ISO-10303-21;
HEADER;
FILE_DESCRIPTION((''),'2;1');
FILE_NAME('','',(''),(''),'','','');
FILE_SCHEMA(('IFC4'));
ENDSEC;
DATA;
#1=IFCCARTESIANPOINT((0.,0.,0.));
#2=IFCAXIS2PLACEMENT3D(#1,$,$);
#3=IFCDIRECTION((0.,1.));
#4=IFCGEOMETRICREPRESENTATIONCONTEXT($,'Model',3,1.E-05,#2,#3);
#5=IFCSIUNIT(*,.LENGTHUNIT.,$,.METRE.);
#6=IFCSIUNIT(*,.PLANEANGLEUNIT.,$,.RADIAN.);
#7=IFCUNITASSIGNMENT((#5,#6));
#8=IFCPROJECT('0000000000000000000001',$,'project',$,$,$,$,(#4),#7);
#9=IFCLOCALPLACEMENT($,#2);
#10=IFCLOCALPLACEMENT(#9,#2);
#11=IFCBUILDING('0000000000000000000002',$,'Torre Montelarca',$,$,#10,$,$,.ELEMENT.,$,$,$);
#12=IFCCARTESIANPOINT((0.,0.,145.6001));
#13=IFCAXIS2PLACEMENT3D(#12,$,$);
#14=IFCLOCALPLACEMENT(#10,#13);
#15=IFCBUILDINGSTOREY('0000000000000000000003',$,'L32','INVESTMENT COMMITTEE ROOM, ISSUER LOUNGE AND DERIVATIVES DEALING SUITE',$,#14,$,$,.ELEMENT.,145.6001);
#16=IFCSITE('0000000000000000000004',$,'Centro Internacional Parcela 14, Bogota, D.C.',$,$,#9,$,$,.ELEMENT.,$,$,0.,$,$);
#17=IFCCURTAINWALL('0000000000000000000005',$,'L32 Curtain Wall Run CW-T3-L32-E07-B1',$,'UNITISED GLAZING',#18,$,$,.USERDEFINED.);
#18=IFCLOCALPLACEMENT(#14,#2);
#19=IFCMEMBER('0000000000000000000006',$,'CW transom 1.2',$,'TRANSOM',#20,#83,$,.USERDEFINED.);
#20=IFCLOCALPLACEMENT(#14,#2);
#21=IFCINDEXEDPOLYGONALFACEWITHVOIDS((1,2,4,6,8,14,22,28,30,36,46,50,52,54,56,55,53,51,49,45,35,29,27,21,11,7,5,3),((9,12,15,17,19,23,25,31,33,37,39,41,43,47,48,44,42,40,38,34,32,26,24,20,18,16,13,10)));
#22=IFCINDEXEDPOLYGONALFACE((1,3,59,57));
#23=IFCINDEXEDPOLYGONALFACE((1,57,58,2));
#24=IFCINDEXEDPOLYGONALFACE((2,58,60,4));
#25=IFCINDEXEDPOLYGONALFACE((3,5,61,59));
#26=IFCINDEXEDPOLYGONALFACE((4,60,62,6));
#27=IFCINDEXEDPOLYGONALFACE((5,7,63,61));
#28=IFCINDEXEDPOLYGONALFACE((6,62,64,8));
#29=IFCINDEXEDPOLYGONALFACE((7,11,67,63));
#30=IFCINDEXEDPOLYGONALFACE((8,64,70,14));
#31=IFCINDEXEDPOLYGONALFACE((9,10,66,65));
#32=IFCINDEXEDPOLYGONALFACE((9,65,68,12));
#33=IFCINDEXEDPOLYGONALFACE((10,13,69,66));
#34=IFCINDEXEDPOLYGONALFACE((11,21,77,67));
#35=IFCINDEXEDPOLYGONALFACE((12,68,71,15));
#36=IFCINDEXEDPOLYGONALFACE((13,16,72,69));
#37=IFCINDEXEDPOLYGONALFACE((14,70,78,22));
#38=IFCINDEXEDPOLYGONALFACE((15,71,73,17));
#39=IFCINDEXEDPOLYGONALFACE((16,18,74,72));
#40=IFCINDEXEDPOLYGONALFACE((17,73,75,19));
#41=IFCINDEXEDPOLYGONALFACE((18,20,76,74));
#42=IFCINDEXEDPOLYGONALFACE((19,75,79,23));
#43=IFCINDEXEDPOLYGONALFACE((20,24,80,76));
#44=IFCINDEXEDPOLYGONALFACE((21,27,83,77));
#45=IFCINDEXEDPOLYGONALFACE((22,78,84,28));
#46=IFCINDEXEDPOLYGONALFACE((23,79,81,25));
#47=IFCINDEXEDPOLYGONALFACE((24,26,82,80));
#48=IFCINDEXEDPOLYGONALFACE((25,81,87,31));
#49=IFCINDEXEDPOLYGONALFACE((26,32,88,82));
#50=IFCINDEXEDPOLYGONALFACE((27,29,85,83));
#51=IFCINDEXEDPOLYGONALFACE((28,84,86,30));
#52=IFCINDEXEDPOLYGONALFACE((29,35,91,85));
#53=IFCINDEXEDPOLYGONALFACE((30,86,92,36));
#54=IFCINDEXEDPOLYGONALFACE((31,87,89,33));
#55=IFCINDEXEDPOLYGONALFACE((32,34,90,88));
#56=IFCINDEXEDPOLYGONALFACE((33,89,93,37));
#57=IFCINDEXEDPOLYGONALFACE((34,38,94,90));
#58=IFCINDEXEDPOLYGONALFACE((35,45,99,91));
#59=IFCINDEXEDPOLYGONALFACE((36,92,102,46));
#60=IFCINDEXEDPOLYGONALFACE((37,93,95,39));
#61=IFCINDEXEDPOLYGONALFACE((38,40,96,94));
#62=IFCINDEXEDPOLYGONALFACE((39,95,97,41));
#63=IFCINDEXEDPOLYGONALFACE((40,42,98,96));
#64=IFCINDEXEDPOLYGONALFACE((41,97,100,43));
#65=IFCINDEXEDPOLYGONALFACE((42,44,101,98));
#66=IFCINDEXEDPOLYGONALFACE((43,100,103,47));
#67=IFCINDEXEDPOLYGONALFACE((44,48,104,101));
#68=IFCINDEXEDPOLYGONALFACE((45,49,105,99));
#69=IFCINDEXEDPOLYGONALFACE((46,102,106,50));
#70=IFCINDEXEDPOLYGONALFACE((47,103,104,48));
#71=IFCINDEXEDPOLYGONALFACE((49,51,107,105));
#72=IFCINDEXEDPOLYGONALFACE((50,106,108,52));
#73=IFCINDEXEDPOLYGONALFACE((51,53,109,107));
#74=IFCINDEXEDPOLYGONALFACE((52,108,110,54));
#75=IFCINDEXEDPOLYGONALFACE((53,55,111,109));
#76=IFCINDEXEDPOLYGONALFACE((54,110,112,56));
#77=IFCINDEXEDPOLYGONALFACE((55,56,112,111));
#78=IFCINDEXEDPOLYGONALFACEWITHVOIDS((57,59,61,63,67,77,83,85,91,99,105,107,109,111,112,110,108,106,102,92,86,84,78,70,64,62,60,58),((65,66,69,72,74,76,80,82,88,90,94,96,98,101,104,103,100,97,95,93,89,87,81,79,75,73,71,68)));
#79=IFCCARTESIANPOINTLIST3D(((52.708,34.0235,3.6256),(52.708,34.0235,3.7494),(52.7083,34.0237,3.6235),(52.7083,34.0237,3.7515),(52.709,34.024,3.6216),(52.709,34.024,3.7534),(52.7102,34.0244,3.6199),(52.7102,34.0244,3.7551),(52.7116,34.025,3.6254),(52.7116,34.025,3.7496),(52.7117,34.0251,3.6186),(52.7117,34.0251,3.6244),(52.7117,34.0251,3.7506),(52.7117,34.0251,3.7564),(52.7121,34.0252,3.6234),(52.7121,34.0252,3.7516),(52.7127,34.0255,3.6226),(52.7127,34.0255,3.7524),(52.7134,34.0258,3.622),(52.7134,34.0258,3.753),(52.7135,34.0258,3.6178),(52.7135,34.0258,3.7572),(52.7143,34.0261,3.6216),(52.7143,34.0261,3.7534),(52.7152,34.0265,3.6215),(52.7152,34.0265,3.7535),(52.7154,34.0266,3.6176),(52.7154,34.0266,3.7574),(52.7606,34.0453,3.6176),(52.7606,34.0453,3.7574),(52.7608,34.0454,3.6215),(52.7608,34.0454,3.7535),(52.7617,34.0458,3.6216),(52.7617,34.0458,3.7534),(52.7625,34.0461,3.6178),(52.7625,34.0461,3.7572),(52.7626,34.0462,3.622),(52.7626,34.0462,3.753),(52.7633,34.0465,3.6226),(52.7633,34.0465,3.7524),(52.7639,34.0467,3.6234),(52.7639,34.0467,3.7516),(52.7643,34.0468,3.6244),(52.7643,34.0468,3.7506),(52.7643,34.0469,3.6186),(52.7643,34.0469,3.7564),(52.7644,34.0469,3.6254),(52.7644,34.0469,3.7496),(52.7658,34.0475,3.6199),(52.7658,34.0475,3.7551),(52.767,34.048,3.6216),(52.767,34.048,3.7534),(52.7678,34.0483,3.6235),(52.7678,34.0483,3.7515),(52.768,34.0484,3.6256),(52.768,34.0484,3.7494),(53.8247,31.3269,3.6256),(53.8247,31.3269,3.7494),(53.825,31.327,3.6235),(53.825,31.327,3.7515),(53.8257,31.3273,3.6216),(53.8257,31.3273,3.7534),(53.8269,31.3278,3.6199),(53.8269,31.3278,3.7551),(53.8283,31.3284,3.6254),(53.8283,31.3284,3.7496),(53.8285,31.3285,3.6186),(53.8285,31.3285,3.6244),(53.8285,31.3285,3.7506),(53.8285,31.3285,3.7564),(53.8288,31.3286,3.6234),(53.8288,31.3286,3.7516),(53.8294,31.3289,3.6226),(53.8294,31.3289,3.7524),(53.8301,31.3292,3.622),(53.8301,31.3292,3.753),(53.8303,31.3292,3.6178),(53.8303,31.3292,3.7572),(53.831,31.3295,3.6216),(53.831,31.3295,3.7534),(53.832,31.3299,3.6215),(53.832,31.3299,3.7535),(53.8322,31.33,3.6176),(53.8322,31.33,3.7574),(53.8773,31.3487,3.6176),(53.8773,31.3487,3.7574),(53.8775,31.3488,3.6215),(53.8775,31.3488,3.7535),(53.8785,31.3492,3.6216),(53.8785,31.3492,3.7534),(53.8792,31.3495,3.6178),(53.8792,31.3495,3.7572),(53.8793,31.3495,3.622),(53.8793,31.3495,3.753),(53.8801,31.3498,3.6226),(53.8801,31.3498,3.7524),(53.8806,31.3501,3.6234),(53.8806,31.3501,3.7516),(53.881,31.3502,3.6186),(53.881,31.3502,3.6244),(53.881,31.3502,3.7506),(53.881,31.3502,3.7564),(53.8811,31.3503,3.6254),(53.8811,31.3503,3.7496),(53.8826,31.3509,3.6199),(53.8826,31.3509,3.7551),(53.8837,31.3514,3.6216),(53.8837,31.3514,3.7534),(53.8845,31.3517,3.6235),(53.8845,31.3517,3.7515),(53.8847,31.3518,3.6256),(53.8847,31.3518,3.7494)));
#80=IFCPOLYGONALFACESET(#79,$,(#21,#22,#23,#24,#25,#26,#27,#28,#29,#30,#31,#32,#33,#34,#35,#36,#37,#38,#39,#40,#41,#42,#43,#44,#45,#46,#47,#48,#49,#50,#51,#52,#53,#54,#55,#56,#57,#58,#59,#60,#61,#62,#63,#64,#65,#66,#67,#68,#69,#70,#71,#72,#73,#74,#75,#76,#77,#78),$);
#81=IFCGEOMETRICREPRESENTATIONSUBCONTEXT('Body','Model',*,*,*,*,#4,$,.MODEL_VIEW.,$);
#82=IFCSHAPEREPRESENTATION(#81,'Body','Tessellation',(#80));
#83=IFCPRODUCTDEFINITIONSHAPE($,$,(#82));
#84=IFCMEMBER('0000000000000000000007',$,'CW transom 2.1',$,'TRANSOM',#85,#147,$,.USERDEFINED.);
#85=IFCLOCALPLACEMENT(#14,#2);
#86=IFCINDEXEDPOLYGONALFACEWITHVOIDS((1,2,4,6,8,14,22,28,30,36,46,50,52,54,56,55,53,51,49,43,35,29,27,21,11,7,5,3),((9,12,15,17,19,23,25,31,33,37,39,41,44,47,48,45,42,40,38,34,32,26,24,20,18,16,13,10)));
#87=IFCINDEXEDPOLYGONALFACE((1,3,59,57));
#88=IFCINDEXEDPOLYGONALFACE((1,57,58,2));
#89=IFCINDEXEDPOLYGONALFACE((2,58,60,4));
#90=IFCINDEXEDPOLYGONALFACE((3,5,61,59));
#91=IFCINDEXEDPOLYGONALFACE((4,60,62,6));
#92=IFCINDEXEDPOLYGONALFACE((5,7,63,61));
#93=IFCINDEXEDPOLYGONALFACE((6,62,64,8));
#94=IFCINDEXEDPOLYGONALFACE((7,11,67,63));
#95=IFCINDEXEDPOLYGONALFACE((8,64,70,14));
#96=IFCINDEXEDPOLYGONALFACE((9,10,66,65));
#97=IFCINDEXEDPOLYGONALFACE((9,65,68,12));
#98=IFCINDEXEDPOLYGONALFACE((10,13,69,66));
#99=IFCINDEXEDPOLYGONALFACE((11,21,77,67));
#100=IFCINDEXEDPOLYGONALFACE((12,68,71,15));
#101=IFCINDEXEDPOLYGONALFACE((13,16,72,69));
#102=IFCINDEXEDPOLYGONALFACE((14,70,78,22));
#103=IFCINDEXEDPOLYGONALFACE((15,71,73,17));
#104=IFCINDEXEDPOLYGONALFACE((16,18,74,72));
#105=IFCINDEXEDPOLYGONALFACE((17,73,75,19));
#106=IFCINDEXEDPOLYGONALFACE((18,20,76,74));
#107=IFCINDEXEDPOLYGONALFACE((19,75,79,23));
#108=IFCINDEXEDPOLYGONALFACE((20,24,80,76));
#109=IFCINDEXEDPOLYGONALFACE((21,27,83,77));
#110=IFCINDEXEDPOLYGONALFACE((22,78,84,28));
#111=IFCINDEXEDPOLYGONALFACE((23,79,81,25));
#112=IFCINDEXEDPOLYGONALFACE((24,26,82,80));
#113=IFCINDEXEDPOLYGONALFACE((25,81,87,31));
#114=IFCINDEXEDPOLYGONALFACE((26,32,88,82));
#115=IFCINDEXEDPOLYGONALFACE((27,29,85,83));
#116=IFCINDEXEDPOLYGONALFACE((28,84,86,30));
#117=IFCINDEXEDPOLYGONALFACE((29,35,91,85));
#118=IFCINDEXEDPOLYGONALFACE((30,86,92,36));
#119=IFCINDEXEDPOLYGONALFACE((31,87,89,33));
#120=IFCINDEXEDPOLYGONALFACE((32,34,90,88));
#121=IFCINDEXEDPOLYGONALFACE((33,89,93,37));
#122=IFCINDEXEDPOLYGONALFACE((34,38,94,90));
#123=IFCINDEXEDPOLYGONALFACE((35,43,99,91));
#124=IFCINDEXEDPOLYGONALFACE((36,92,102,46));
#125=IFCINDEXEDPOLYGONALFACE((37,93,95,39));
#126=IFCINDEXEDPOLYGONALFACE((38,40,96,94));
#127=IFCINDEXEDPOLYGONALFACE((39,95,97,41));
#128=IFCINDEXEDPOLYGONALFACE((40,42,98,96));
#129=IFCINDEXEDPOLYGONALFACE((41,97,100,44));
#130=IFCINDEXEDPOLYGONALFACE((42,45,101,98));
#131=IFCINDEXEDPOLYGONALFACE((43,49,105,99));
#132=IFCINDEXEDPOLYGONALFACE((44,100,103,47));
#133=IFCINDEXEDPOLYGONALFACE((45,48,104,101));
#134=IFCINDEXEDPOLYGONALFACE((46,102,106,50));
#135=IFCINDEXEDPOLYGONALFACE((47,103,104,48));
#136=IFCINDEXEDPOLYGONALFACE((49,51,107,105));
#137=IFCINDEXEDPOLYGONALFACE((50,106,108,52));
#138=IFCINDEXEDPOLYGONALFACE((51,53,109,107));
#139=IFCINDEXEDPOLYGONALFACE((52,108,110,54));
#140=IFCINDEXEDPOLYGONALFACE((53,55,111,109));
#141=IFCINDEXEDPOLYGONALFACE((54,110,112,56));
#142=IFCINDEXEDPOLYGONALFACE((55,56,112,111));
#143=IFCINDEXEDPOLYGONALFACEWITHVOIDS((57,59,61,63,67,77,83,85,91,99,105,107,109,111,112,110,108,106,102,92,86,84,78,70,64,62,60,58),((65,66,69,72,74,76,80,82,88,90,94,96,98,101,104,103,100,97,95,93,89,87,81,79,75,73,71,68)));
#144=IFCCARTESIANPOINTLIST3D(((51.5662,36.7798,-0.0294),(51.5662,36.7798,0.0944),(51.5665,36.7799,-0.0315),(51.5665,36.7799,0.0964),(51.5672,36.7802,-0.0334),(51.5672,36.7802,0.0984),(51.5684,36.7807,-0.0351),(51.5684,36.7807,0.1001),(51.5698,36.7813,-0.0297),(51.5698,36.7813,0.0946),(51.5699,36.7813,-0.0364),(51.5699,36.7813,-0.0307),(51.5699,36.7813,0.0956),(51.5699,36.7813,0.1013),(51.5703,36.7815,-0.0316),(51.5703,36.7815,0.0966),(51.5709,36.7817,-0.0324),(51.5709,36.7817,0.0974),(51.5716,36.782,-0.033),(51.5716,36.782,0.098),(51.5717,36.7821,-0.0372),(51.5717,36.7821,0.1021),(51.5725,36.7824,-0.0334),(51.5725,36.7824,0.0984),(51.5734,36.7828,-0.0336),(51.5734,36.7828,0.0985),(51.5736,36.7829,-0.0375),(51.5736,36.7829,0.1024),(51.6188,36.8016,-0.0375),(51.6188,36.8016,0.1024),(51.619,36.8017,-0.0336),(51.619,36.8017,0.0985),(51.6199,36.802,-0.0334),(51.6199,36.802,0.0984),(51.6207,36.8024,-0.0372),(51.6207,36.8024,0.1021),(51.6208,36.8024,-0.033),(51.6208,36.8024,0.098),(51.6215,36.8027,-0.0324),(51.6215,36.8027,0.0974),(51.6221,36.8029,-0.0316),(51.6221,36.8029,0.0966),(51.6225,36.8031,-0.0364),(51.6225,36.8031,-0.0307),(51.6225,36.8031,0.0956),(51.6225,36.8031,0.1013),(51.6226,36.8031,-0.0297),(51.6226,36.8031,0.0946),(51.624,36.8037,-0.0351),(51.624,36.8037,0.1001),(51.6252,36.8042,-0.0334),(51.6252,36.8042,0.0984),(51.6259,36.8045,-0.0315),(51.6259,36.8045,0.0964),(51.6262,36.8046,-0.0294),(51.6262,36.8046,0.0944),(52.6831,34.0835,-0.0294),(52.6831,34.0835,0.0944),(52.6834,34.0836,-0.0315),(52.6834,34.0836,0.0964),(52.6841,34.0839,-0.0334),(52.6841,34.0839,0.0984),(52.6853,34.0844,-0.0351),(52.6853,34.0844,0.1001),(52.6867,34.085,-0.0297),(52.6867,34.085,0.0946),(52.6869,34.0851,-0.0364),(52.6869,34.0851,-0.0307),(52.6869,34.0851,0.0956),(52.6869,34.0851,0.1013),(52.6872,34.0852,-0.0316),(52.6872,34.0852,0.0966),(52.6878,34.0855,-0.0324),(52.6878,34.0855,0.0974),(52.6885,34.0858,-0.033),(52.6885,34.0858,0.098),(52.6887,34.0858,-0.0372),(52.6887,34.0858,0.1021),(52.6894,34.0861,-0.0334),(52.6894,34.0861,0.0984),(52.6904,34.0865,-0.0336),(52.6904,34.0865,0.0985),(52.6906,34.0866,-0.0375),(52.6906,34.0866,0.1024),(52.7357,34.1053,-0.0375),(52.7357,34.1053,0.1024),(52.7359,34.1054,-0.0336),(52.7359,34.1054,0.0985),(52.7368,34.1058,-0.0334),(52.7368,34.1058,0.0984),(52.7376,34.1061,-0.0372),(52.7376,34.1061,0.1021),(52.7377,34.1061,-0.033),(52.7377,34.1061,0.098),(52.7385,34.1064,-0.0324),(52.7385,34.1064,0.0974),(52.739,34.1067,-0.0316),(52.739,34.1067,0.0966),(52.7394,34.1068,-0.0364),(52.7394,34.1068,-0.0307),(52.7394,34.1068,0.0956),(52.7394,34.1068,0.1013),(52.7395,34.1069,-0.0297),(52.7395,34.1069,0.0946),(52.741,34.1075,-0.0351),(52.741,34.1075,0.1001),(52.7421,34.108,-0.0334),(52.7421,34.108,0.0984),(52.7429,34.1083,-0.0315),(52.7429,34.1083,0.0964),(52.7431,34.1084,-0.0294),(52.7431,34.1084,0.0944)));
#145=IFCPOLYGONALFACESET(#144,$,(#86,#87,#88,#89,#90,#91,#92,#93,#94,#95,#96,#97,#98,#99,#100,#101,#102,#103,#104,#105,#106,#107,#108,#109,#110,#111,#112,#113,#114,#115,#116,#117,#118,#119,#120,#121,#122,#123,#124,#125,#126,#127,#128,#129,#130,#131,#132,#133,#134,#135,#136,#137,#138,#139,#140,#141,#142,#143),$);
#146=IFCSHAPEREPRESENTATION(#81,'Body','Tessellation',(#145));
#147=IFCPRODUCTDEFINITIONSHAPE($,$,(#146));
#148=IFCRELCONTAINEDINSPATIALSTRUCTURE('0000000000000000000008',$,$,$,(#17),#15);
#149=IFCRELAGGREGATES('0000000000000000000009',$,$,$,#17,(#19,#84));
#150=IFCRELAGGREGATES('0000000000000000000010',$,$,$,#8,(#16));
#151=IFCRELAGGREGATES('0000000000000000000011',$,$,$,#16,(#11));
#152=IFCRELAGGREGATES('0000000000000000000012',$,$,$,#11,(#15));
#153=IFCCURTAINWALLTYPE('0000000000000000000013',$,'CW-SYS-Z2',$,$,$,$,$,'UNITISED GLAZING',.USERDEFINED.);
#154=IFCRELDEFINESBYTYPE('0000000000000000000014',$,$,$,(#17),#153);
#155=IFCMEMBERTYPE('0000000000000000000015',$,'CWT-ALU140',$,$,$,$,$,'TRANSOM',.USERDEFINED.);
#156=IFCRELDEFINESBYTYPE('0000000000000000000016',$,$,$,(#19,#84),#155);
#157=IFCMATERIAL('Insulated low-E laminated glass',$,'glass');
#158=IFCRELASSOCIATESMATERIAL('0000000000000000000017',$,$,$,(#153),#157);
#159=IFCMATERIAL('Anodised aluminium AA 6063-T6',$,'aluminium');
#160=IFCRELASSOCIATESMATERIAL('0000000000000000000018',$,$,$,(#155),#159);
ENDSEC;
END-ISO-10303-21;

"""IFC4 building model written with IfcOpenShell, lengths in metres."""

from ifc_helpers import new_model, si_unit, direction, frame, origin, origin_2d, place, context, subcontext, project, spatial, hollow_rectangle, extrude, source, transform, mapped, material, material_profile, profile_set, type_object, element, aggregate, save


model = new_model("IFC4")

# Units and contexts
model_context = context("Model", 3, precision=1e-05, world=origin(), true_north=direction((0.0, 1.0)))
body_context = subcontext(model_context, "Body", "Model", "MODEL_VIEW")
ifc_project = project(units=[si_unit("LENGTHUNIT", "METRE"), si_unit("PLANEANGLEUNIT", "RADIAN")], contexts=[model_context])

# Site, building, storey
site_placement = place(None, origin())
site = spatial("IfcSite", under=ifc_project, at=site_placement, Name="Centro Internacional Parcela 14, Bogota, D.C.", CompositionType="ELEMENT", RefElevation=0.0)
building_placement = place(site_placement, origin())
building = spatial("IfcBuilding", under=site, at=building_placement, Name="Torre Montelarca", CompositionType="ELEMENT")
storey_placement = place(building_placement, frame((0.0, 0.0, 145.6001)))
storey = spatial("IfcBuildingStorey", under=building, at=storey_placement, Name="L32", Description="INVESTMENT COMMITTEE ROOM, ISSUER LOUNGE AND DERIVATIVES DEALING SUITE", CompositionType="ELEMENT", Elevation=145.6001)

# Curtain wall, members
ifc_material_1 = material(Name="Insulated low-E laminated glass", Category="glass")
curtain_wall_type = type_object("IfcCurtainWallType", Name="CW-SYS-Z2", ElementType="UNITISED GLAZING", PredefinedType="USERDEFINED", material=ifc_material_1)
curtain_wall_1_placement = place(storey_placement, origin())
curtain_wall_1 = element("IfcCurtainWall", 1, at=curtain_wall_1_placement, inside=storey, type_object=curtain_wall_type, Name="L32 Curtain Wall Run CW-T3-L32-E07-B1", ObjectType="UNITISED GLAZING", PredefinedType="USERDEFINED")
ifc_material_2 = material(Name="Anodised aluminium AA 6063-T6", Category="aluminium")
ifc_material_profile_1 = material_profile(ifc_material_2, hollow_rectangle(XDim=0.0649, YDim=0.1399, WallThickness=0.0039, InnerFilletRadius=0.0039, OuterFilletRadius=0.0081, at=origin_2d()), Name="ALU65X140X4", Category="aluminium")
ifc_profile_set_1 = profile_set([ifc_material_profile_1], Name="Anodised aluminium AA 6063-T6")
member_type_1 = type_object("IfcMemberType", Name="CWT-ALU140", ElementType="TRANSOM", PredefinedType="USERDEFINED", material=ifc_profile_set_1)
shared_shape_1 = source(origin(), body_context, "Body", "SweptSolid", [
    extrude(hollow_rectangle(XDim=0.0649, YDim=0.1399, WallThickness=0.0039, InnerFilletRadius=0.0039, OuterFilletRadius=0.0081, at=origin_2d()), origin(), (0.0, 0.0, 1.0), 2.9187),
])
member_1_placement = place(storey_placement, frame((53.8547, 31.3394, 3.6875), z_axis=(-0.382613, 0.923909, 0.0), x_axis=(-0.923909, -0.382613, 0.0)))
member_1 = element("IfcMember", 2, at=member_1_placement, type_object=member_type_1, Name="CW transom 1.2", ObjectType="TRANSOM", PredefinedType="USERDEFINED", context=body_context, shape_type="MappedRepresentation", body=[
    mapped(shared_shape_1, transform((0.0, 0.0, 0.0), scale=1.0)),
])
shared_shape_2 = source(origin(), body_context, "Body", "SweptSolid", [
    extrude(hollow_rectangle(XDim=0.0649, YDim=0.1399, WallThickness=0.0039, InnerFilletRadius=0.0039, OuterFilletRadius=0.0081, at=origin_2d()), origin(), (0.0, 0.0, 1.0), 2.9185),
])
member_2_placement = place(storey_placement, frame((52.7131, 34.0959, 0.0325), z_axis=(-0.382714, 0.923867, 0.0), x_axis=(-0.923867, -0.382714, 0.0)))
member_2 = element("IfcMember", 3, at=member_2_placement, type_object=member_type_1, Name="CW transom 2.1", ObjectType="TRANSOM", PredefinedType="USERDEFINED", context=body_context, shape_type="MappedRepresentation", body=[
    mapped(shared_shape_2, transform((0.0, 0.0, 0.0), scale=1.0)),
])

aggregate(curtain_wall_1, [member_1, member_2])

save(model, "model.ifc")
